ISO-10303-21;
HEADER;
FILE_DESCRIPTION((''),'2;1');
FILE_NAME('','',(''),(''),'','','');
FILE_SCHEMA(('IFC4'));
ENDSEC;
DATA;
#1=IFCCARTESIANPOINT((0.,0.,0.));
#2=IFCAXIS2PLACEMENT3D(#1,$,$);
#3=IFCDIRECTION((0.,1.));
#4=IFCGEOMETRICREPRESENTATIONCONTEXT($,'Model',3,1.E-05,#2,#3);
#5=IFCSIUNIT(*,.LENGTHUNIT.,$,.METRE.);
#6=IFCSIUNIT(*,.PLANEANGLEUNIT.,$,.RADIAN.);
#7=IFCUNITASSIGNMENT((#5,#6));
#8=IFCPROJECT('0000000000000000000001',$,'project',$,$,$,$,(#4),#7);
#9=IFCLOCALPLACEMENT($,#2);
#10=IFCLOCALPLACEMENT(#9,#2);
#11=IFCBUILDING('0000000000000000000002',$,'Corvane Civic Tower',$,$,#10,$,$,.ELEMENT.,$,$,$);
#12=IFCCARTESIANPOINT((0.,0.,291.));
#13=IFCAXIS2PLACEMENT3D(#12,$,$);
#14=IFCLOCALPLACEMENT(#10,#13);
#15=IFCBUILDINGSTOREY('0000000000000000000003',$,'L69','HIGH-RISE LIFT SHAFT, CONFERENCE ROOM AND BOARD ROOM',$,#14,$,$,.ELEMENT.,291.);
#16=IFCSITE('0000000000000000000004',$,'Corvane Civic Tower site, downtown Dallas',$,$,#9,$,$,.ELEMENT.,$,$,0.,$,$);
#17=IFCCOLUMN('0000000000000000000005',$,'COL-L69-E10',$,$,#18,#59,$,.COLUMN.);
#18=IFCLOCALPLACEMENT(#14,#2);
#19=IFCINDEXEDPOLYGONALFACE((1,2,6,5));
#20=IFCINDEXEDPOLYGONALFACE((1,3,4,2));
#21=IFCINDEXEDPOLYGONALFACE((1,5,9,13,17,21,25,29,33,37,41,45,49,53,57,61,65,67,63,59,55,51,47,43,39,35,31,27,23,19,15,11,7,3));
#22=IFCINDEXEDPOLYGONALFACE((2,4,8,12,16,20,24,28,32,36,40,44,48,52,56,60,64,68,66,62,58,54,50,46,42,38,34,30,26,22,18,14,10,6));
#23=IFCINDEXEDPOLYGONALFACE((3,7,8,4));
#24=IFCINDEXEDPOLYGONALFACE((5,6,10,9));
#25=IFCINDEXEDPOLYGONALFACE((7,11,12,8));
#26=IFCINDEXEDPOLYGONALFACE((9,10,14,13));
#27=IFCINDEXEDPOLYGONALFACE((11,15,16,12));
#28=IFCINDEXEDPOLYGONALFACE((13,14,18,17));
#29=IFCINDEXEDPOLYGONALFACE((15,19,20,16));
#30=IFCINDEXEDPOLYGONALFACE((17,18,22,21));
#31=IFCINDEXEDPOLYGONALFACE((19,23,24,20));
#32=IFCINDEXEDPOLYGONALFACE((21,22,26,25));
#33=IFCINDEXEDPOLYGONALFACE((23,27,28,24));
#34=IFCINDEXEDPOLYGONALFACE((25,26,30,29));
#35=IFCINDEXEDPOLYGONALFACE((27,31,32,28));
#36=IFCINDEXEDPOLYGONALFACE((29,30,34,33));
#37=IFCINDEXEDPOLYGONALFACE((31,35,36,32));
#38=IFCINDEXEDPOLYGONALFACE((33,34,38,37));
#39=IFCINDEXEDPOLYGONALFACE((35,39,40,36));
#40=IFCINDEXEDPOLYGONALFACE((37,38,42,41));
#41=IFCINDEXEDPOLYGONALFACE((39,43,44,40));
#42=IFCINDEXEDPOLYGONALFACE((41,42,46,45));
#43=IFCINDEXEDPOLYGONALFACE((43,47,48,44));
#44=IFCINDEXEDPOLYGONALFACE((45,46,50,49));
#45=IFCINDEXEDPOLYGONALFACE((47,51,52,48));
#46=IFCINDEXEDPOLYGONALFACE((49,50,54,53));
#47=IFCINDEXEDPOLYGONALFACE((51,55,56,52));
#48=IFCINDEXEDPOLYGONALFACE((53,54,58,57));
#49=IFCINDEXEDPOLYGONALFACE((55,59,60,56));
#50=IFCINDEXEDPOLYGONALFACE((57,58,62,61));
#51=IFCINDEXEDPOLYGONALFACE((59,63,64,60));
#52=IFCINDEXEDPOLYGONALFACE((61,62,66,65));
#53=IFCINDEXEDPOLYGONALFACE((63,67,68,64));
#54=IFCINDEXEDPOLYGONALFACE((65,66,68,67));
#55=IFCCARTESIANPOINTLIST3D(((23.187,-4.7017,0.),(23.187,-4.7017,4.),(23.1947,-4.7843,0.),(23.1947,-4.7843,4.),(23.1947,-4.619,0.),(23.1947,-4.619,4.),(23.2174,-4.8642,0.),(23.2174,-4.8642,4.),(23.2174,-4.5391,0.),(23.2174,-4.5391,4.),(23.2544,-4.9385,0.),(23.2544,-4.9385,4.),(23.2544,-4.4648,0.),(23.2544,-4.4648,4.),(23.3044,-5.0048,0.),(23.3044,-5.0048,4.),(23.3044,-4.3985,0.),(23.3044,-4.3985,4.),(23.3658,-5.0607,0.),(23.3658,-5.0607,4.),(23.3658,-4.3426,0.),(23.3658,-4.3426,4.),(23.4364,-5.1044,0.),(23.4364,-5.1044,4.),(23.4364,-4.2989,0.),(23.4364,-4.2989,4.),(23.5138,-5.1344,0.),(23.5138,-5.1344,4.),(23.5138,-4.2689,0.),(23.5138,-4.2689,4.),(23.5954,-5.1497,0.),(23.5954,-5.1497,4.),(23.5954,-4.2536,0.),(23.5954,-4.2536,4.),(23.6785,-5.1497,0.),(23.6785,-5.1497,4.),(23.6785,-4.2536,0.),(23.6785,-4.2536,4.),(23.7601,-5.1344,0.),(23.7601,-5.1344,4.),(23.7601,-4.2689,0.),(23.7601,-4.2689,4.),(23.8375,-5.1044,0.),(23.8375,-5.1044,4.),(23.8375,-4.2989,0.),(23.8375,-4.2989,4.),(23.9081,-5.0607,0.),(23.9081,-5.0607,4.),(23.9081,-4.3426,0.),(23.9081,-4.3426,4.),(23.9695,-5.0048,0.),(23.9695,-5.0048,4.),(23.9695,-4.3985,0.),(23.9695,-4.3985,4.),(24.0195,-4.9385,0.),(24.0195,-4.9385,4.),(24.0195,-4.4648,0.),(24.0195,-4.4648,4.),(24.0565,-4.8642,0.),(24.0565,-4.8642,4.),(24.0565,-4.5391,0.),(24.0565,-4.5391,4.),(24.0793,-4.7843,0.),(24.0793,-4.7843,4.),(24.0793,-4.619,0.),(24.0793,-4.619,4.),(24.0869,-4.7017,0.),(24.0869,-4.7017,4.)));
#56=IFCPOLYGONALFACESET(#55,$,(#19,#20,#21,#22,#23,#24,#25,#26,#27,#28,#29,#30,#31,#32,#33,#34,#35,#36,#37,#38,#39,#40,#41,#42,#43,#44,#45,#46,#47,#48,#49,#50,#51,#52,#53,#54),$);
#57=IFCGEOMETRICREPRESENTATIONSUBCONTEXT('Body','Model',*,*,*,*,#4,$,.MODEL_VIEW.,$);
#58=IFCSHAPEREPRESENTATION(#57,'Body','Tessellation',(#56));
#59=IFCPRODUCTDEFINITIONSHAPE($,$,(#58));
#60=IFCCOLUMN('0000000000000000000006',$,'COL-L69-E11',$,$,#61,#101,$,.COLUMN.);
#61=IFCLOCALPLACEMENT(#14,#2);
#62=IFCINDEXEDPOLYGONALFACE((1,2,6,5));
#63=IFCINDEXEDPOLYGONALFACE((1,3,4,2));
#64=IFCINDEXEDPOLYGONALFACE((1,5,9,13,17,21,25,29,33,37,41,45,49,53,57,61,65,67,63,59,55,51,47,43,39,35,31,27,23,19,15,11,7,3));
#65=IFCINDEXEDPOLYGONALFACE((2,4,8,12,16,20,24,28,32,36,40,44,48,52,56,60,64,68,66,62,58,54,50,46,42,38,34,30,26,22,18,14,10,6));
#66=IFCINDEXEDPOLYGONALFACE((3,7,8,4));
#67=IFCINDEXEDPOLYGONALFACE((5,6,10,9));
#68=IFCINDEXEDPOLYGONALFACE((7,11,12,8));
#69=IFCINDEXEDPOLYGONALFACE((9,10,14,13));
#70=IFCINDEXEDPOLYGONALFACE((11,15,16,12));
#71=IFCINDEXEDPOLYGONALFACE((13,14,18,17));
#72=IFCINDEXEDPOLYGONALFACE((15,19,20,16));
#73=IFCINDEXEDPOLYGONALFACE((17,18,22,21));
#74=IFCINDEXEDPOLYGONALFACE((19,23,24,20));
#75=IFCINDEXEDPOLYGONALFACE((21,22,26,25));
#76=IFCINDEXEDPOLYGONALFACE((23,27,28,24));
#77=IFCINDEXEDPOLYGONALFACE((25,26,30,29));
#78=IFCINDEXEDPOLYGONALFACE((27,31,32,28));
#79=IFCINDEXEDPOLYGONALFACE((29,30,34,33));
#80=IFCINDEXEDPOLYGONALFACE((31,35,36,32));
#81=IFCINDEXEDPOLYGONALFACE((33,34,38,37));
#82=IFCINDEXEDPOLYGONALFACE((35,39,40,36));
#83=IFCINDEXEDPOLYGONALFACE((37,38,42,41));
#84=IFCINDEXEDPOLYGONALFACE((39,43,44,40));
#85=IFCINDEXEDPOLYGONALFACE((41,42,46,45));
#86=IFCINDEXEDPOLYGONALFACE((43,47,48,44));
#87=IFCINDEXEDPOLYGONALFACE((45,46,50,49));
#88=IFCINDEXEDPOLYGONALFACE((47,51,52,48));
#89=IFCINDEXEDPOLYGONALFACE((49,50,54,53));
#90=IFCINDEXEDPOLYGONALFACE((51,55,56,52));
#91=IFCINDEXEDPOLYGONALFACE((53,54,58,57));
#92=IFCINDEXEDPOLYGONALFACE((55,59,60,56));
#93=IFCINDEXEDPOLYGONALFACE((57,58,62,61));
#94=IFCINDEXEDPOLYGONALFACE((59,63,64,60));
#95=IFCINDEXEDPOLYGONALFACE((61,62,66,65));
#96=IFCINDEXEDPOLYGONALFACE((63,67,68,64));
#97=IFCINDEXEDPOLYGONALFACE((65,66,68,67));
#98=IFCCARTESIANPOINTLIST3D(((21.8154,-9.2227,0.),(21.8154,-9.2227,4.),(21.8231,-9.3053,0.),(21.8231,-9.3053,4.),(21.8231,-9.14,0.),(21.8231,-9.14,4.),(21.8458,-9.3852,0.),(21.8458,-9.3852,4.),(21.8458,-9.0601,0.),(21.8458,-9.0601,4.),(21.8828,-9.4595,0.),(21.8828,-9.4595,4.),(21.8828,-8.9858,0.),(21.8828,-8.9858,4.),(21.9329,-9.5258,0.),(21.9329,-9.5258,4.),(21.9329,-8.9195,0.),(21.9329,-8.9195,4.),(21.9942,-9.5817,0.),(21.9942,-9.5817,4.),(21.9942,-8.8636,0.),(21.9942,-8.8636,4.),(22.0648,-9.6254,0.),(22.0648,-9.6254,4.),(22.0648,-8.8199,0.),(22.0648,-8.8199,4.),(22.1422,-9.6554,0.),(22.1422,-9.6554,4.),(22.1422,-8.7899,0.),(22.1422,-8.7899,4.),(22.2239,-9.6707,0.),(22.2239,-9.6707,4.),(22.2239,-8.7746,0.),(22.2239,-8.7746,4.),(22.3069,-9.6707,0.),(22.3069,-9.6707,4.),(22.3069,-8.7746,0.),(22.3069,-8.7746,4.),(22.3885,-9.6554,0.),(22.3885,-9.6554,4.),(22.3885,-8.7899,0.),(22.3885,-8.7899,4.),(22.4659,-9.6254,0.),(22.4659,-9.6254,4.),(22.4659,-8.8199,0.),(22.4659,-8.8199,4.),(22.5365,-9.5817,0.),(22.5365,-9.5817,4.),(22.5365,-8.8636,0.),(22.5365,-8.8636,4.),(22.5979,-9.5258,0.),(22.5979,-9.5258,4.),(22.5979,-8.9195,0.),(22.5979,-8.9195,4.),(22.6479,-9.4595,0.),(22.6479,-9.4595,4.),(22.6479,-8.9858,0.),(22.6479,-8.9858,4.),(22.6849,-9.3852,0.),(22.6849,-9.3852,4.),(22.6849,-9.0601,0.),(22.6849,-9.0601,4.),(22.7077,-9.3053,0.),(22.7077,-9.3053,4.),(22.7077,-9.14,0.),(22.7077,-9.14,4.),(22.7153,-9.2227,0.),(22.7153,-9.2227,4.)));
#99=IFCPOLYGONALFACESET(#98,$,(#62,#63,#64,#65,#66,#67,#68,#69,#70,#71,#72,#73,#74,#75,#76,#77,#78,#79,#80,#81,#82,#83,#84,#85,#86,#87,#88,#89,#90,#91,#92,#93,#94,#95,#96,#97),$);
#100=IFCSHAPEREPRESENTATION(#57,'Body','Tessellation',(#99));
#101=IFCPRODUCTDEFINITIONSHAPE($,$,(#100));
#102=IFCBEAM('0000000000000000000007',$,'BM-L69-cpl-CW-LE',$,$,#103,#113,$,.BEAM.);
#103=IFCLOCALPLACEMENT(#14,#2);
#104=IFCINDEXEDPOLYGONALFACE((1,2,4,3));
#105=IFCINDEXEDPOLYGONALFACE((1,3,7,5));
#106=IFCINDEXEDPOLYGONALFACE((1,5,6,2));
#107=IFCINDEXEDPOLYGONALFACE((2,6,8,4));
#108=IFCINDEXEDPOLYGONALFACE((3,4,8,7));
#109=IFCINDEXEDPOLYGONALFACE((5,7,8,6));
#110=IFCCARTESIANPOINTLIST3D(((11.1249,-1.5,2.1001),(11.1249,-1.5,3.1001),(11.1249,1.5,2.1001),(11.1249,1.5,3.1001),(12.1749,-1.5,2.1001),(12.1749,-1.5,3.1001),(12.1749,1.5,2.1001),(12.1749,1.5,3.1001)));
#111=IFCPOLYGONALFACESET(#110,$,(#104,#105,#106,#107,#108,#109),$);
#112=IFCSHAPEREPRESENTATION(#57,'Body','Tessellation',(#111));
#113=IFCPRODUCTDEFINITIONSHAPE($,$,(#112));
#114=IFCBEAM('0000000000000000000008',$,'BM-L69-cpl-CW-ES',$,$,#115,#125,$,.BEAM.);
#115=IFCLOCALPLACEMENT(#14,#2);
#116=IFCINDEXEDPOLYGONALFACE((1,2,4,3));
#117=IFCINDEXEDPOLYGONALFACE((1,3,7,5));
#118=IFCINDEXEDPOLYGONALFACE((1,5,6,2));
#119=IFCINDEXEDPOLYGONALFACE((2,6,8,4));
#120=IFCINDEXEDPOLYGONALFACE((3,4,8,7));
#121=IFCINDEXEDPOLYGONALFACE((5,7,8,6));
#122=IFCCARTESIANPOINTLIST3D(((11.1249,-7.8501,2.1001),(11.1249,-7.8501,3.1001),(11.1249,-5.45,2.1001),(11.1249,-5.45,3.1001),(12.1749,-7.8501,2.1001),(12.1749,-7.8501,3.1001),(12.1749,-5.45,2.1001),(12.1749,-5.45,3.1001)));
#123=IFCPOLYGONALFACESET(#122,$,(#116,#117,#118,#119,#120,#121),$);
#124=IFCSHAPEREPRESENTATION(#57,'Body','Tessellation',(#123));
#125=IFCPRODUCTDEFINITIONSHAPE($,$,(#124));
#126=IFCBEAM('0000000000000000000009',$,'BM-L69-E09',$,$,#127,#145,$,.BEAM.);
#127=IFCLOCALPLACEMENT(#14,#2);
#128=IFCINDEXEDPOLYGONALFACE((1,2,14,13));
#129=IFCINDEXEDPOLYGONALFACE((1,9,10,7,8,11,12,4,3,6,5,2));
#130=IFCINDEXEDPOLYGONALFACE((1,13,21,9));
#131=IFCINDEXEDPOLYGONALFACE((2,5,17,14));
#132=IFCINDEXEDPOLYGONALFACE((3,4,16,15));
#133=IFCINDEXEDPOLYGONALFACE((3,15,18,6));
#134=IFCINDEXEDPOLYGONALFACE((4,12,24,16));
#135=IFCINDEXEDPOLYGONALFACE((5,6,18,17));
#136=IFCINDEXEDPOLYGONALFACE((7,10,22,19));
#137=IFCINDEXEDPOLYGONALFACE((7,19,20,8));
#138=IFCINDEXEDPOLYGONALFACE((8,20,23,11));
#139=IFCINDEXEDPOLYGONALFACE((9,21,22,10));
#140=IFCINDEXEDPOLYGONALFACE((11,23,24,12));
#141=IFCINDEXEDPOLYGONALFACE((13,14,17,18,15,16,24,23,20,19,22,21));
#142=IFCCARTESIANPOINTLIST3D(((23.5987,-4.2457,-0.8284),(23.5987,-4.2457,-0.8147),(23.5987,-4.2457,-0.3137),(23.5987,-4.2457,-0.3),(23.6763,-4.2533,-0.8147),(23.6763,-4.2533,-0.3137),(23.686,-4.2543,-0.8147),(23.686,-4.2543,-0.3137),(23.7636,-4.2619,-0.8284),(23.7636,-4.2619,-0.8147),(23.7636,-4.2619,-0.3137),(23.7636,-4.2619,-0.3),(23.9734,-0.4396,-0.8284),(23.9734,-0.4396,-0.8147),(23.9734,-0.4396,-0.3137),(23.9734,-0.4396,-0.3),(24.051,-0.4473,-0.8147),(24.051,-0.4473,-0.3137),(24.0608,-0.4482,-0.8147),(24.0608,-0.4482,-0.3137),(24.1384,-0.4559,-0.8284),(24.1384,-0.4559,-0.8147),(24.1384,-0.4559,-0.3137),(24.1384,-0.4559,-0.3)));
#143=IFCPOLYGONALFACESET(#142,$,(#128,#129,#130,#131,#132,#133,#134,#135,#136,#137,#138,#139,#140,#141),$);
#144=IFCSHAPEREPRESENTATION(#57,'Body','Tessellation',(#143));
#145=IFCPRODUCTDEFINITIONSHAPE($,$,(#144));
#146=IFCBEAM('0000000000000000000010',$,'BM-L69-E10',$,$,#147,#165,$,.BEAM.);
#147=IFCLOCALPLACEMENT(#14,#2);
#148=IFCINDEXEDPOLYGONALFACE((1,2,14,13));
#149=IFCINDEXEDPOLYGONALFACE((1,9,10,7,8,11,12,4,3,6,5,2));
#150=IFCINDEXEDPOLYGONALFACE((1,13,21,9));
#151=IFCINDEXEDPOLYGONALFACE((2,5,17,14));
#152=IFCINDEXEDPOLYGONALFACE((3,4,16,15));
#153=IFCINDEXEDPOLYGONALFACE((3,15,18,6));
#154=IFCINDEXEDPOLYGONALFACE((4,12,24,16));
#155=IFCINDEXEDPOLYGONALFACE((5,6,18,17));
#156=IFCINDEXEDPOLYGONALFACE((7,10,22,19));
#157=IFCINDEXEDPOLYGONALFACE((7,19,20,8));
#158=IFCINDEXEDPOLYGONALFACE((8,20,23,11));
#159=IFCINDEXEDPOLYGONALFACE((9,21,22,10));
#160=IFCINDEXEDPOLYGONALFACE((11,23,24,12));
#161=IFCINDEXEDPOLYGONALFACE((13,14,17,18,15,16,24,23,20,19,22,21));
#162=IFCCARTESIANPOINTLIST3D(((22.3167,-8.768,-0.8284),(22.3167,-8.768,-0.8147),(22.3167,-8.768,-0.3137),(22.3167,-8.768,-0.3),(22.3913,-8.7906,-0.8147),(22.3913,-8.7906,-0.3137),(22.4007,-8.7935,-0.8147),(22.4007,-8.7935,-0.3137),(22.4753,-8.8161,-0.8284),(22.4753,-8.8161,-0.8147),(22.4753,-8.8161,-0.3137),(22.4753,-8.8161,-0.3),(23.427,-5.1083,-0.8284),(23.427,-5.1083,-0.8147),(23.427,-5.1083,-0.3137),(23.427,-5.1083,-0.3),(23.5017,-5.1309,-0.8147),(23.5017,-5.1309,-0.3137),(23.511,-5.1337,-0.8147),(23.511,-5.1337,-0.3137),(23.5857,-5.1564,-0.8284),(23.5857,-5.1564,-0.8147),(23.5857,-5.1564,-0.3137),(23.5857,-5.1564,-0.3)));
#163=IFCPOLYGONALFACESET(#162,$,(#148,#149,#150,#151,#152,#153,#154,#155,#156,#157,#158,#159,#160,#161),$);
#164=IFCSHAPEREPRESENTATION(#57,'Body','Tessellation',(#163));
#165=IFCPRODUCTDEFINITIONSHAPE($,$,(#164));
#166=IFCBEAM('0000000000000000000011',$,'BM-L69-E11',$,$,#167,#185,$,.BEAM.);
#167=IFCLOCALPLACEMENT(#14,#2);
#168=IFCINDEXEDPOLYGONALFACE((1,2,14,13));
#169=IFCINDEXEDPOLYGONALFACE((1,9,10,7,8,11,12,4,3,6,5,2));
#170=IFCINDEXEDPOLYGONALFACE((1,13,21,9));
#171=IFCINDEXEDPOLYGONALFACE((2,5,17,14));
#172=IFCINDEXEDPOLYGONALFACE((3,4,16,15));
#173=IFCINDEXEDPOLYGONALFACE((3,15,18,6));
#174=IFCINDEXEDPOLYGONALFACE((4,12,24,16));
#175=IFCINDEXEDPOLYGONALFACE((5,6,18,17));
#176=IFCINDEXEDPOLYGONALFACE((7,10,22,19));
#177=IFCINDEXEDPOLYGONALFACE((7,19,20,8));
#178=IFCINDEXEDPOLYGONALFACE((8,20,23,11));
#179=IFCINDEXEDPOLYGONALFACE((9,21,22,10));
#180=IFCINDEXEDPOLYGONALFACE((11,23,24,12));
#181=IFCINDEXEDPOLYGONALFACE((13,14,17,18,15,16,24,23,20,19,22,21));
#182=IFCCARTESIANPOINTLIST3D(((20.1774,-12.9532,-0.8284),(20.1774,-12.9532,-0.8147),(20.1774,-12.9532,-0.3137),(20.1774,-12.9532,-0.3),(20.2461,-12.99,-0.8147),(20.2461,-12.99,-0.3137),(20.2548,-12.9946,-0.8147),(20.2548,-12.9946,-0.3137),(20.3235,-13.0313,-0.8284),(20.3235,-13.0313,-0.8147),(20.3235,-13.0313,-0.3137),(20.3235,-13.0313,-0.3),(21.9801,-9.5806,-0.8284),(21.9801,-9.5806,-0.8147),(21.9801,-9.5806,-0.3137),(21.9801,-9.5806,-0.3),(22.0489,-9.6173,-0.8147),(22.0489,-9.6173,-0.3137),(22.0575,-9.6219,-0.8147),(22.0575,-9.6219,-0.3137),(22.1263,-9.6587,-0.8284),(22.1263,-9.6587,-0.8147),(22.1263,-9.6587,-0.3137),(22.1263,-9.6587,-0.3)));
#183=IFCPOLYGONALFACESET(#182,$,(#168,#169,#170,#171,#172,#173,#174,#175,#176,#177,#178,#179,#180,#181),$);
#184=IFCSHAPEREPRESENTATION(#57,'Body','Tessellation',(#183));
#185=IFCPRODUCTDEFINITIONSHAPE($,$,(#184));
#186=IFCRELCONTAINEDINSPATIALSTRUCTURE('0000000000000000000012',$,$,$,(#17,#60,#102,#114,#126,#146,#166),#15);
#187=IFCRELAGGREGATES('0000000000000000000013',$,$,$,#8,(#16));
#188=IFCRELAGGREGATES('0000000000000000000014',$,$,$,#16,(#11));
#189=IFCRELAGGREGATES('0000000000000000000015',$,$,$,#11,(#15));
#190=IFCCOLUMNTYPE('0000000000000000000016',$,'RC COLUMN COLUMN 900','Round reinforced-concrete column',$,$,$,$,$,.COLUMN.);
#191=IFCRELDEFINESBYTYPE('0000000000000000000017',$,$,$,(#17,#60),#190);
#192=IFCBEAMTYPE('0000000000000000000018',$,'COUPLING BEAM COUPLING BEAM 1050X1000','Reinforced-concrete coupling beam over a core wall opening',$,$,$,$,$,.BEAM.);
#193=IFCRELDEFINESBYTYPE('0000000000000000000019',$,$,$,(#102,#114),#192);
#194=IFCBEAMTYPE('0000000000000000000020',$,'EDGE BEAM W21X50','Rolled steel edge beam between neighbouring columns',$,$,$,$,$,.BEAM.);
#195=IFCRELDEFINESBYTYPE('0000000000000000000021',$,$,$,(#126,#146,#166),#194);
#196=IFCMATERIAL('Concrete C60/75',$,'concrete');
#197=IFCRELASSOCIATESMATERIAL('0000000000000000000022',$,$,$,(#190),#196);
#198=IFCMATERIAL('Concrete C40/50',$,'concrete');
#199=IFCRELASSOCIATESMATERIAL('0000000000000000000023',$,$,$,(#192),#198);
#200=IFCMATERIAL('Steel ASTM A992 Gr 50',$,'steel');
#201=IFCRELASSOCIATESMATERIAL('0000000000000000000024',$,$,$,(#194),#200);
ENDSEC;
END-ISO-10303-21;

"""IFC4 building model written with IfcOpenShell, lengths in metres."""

from ifc_helpers import new_model, si_unit, direction, frame, origin, origin_2d, place, context, subcontext, project, spatial, rectangle, circle, i_section, extrude, material, material_profile, profile_set, type_object, element, save


model = new_model("IFC4")

# Units and contexts
model_context = context("Model", 3, precision=1e-05, world=origin(), true_north=direction((0.0, 1.0)))
body_context = subcontext(model_context, "Body", "Model", "MODEL_VIEW")
ifc_project = project(units=[si_unit("LENGTHUNIT", "METRE"), si_unit("PLANEANGLEUNIT", "RADIAN")], contexts=[model_context])

# Site, building, storey
site_placement = place(None, origin())
site = spatial("IfcSite", under=ifc_project, at=site_placement, Name="Corvane Civic Tower site, downtown Dallas", CompositionType="ELEMENT", RefElevation=0.0)
building_placement = place(site_placement, origin())
building = spatial("IfcBuilding", under=site, at=building_placement, Name="Corvane Civic Tower", CompositionType="ELEMENT")
storey_placement = place(building_placement, frame((0.0, 0.0, 291.0)))
storey = spatial("IfcBuildingStorey", under=building, at=storey_placement, Name="L69", Description="HIGH-RISE LIFT SHAFT, CONFERENCE ROOM AND BOARD ROOM", CompositionType="ELEMENT", Elevation=291.0)

# Columns
ifc_material_1 = material(Name="Concrete C60/75", Category="concrete")
ifc_material_profile_1 = material_profile(ifc_material_1, circle(Radius=0.45, at=origin_2d()), Name="COLUMN 900")
ifc_profile_set_1 = profile_set([ifc_material_profile_1], Name="Concrete C60/75")
column_type = type_object("IfcColumnType", Name="RC COLUMN COLUMN 900", Description="Round reinforced-concrete column", PredefinedType="COLUMN", material=ifc_profile_set_1)
for number, where, z_axis, x_axis, name in (
    (1, (23.637, -4.7017, 0.0), (0.0, 0.0, 1.0), (1.0, 0.0, 0.0), "COL-L69-E10"),
    (2, (22.2654, -9.2227, 0.0), (0.0, 0.0, 1.0), (1.0, 0.0, 0.0), "COL-L69-E11"),
):
    element("IfcColumn", number, at=place(storey_placement, frame(where, z_axis=z_axis, x_axis=x_axis)), inside=storey, type_object=column_type, Name=name, PredefinedType="COLUMN", context=body_context, shape_type="SweptSolid", body=[
        extrude(circle(Radius=0.45, at=origin_2d()), origin(), (0.0, 0.0, 1.0), 4.0),
    ])

# Beams
ifc_material_2 = material(Name="Concrete C40/50", Category="concrete")
ifc_material_profile_2 = material_profile(ifc_material_2, rectangle(XDim=1.05, YDim=1.0, at=origin_2d()), Name="COUPLING BEAM 1050X1000")
ifc_profile_set_2 = profile_set([ifc_material_profile_2], Name="Concrete C40/50")
beam_type_1 = type_object("IfcBeamType", Name="COUPLING BEAM COUPLING BEAM 1050X1000", Description="Reinforced-concrete coupling beam over a core wall opening", PredefinedType="BEAM", material=ifc_profile_set_2)
beam_1_placement = place(storey_placement, frame((11.6499, -1.5, 2.6001), z_axis=(0.0, 1.0, 0.0), x_axis=(-1.0, 0.0, 0.0)))
element("IfcBeam", 3, at=beam_1_placement, inside=storey, type_object=beam_type_1, Name="BM-L69-cpl-CW-LE", PredefinedType="BEAM", context=body_context, shape_type="SweptSolid", body=[
    extrude(rectangle(XDim=1.05, YDim=1.0, at=origin_2d()), origin(), (0.0, 0.0, 1.0), 3.0),
])
beam_2_placement = place(storey_placement, frame((11.6499, -7.8501, 2.6001), z_axis=(0.0, 1.0, 0.0), x_axis=(-1.0, 0.0, 0.0)))
element("IfcBeam", 4, at=beam_2_placement, inside=storey, type_object=beam_type_1, Name="BM-L69-cpl-CW-ES", PredefinedType="BEAM", context=body_context, shape_type="SweptSolid", body=[
    extrude(rectangle(XDim=1.05, YDim=1.0, at=origin_2d()), origin(), (0.0, 0.0, 1.0), 2.4001),
])
ifc_material_3 = material(Name="Steel ASTM A992 Gr 50", Category="steel")
ifc_material_profile_3 = material_profile(ifc_material_3, i_section(OverallWidth=0.1658, OverallDepth=0.5283, WebThickness=0.0098, FlangeThickness=0.0137, at=origin_2d()), Name="W21X50")
ifc_profile_set_3 = profile_set([ifc_material_profile_3], Name="Steel ASTM A992 Gr 50")
beam_type_2 = type_object("IfcBeamType", Name="EDGE BEAM W21X50", Description="Rolled steel edge beam between neighbouring columns", PredefinedType="BEAM", material=ifc_profile_set_3)
for number, where, z_axis, x_axis, name in (
    (5, (24.0559, -0.4478, -0.5642), (-0.097987, -0.995188, 0.0), (0.995188, -0.097987, 0.0), "BM-L69-E09"),
    (6, (23.5063, -5.1323, -0.5642), (-0.290333, -0.956926, 0.0), (0.956926, -0.290333, 0.0), "BM-L69-E10"),
):
    element("IfcBeam", number, at=place(storey_placement, frame(where, z_axis=z_axis, x_axis=x_axis)), inside=storey, type_object=beam_type_2, Name=name, PredefinedType="BEAM", context=body_context, shape_type="SweptSolid", body=[
        extrude(i_section(OverallWidth=0.1658, OverallDepth=0.5283, WebThickness=0.0098, FlangeThickness=0.0137, at=origin_2d()), origin(), (0.0, 0.0, 1.0), 3.8245),
    ])
beam_3_placement = place(storey_placement, frame((22.0532, -9.6196, -0.5642), z_axis=(-0.47141, -0.881914, 0.0), x_axis=(0.881914, -0.47141, 0.0)))
element("IfcBeam", 7, at=beam_3_placement, inside=storey, type_object=beam_type_2, Name="BM-L69-E11", PredefinedType="BEAM", context=body_context, shape_type="SweptSolid", body=[
    extrude(i_section(OverallWidth=0.1658, OverallDepth=0.5283, WebThickness=0.0098, FlangeThickness=0.0137, at=origin_2d()), origin(), (0.0, 0.0, 1.0), 3.8242),
])

save(model, "model.ifc")
